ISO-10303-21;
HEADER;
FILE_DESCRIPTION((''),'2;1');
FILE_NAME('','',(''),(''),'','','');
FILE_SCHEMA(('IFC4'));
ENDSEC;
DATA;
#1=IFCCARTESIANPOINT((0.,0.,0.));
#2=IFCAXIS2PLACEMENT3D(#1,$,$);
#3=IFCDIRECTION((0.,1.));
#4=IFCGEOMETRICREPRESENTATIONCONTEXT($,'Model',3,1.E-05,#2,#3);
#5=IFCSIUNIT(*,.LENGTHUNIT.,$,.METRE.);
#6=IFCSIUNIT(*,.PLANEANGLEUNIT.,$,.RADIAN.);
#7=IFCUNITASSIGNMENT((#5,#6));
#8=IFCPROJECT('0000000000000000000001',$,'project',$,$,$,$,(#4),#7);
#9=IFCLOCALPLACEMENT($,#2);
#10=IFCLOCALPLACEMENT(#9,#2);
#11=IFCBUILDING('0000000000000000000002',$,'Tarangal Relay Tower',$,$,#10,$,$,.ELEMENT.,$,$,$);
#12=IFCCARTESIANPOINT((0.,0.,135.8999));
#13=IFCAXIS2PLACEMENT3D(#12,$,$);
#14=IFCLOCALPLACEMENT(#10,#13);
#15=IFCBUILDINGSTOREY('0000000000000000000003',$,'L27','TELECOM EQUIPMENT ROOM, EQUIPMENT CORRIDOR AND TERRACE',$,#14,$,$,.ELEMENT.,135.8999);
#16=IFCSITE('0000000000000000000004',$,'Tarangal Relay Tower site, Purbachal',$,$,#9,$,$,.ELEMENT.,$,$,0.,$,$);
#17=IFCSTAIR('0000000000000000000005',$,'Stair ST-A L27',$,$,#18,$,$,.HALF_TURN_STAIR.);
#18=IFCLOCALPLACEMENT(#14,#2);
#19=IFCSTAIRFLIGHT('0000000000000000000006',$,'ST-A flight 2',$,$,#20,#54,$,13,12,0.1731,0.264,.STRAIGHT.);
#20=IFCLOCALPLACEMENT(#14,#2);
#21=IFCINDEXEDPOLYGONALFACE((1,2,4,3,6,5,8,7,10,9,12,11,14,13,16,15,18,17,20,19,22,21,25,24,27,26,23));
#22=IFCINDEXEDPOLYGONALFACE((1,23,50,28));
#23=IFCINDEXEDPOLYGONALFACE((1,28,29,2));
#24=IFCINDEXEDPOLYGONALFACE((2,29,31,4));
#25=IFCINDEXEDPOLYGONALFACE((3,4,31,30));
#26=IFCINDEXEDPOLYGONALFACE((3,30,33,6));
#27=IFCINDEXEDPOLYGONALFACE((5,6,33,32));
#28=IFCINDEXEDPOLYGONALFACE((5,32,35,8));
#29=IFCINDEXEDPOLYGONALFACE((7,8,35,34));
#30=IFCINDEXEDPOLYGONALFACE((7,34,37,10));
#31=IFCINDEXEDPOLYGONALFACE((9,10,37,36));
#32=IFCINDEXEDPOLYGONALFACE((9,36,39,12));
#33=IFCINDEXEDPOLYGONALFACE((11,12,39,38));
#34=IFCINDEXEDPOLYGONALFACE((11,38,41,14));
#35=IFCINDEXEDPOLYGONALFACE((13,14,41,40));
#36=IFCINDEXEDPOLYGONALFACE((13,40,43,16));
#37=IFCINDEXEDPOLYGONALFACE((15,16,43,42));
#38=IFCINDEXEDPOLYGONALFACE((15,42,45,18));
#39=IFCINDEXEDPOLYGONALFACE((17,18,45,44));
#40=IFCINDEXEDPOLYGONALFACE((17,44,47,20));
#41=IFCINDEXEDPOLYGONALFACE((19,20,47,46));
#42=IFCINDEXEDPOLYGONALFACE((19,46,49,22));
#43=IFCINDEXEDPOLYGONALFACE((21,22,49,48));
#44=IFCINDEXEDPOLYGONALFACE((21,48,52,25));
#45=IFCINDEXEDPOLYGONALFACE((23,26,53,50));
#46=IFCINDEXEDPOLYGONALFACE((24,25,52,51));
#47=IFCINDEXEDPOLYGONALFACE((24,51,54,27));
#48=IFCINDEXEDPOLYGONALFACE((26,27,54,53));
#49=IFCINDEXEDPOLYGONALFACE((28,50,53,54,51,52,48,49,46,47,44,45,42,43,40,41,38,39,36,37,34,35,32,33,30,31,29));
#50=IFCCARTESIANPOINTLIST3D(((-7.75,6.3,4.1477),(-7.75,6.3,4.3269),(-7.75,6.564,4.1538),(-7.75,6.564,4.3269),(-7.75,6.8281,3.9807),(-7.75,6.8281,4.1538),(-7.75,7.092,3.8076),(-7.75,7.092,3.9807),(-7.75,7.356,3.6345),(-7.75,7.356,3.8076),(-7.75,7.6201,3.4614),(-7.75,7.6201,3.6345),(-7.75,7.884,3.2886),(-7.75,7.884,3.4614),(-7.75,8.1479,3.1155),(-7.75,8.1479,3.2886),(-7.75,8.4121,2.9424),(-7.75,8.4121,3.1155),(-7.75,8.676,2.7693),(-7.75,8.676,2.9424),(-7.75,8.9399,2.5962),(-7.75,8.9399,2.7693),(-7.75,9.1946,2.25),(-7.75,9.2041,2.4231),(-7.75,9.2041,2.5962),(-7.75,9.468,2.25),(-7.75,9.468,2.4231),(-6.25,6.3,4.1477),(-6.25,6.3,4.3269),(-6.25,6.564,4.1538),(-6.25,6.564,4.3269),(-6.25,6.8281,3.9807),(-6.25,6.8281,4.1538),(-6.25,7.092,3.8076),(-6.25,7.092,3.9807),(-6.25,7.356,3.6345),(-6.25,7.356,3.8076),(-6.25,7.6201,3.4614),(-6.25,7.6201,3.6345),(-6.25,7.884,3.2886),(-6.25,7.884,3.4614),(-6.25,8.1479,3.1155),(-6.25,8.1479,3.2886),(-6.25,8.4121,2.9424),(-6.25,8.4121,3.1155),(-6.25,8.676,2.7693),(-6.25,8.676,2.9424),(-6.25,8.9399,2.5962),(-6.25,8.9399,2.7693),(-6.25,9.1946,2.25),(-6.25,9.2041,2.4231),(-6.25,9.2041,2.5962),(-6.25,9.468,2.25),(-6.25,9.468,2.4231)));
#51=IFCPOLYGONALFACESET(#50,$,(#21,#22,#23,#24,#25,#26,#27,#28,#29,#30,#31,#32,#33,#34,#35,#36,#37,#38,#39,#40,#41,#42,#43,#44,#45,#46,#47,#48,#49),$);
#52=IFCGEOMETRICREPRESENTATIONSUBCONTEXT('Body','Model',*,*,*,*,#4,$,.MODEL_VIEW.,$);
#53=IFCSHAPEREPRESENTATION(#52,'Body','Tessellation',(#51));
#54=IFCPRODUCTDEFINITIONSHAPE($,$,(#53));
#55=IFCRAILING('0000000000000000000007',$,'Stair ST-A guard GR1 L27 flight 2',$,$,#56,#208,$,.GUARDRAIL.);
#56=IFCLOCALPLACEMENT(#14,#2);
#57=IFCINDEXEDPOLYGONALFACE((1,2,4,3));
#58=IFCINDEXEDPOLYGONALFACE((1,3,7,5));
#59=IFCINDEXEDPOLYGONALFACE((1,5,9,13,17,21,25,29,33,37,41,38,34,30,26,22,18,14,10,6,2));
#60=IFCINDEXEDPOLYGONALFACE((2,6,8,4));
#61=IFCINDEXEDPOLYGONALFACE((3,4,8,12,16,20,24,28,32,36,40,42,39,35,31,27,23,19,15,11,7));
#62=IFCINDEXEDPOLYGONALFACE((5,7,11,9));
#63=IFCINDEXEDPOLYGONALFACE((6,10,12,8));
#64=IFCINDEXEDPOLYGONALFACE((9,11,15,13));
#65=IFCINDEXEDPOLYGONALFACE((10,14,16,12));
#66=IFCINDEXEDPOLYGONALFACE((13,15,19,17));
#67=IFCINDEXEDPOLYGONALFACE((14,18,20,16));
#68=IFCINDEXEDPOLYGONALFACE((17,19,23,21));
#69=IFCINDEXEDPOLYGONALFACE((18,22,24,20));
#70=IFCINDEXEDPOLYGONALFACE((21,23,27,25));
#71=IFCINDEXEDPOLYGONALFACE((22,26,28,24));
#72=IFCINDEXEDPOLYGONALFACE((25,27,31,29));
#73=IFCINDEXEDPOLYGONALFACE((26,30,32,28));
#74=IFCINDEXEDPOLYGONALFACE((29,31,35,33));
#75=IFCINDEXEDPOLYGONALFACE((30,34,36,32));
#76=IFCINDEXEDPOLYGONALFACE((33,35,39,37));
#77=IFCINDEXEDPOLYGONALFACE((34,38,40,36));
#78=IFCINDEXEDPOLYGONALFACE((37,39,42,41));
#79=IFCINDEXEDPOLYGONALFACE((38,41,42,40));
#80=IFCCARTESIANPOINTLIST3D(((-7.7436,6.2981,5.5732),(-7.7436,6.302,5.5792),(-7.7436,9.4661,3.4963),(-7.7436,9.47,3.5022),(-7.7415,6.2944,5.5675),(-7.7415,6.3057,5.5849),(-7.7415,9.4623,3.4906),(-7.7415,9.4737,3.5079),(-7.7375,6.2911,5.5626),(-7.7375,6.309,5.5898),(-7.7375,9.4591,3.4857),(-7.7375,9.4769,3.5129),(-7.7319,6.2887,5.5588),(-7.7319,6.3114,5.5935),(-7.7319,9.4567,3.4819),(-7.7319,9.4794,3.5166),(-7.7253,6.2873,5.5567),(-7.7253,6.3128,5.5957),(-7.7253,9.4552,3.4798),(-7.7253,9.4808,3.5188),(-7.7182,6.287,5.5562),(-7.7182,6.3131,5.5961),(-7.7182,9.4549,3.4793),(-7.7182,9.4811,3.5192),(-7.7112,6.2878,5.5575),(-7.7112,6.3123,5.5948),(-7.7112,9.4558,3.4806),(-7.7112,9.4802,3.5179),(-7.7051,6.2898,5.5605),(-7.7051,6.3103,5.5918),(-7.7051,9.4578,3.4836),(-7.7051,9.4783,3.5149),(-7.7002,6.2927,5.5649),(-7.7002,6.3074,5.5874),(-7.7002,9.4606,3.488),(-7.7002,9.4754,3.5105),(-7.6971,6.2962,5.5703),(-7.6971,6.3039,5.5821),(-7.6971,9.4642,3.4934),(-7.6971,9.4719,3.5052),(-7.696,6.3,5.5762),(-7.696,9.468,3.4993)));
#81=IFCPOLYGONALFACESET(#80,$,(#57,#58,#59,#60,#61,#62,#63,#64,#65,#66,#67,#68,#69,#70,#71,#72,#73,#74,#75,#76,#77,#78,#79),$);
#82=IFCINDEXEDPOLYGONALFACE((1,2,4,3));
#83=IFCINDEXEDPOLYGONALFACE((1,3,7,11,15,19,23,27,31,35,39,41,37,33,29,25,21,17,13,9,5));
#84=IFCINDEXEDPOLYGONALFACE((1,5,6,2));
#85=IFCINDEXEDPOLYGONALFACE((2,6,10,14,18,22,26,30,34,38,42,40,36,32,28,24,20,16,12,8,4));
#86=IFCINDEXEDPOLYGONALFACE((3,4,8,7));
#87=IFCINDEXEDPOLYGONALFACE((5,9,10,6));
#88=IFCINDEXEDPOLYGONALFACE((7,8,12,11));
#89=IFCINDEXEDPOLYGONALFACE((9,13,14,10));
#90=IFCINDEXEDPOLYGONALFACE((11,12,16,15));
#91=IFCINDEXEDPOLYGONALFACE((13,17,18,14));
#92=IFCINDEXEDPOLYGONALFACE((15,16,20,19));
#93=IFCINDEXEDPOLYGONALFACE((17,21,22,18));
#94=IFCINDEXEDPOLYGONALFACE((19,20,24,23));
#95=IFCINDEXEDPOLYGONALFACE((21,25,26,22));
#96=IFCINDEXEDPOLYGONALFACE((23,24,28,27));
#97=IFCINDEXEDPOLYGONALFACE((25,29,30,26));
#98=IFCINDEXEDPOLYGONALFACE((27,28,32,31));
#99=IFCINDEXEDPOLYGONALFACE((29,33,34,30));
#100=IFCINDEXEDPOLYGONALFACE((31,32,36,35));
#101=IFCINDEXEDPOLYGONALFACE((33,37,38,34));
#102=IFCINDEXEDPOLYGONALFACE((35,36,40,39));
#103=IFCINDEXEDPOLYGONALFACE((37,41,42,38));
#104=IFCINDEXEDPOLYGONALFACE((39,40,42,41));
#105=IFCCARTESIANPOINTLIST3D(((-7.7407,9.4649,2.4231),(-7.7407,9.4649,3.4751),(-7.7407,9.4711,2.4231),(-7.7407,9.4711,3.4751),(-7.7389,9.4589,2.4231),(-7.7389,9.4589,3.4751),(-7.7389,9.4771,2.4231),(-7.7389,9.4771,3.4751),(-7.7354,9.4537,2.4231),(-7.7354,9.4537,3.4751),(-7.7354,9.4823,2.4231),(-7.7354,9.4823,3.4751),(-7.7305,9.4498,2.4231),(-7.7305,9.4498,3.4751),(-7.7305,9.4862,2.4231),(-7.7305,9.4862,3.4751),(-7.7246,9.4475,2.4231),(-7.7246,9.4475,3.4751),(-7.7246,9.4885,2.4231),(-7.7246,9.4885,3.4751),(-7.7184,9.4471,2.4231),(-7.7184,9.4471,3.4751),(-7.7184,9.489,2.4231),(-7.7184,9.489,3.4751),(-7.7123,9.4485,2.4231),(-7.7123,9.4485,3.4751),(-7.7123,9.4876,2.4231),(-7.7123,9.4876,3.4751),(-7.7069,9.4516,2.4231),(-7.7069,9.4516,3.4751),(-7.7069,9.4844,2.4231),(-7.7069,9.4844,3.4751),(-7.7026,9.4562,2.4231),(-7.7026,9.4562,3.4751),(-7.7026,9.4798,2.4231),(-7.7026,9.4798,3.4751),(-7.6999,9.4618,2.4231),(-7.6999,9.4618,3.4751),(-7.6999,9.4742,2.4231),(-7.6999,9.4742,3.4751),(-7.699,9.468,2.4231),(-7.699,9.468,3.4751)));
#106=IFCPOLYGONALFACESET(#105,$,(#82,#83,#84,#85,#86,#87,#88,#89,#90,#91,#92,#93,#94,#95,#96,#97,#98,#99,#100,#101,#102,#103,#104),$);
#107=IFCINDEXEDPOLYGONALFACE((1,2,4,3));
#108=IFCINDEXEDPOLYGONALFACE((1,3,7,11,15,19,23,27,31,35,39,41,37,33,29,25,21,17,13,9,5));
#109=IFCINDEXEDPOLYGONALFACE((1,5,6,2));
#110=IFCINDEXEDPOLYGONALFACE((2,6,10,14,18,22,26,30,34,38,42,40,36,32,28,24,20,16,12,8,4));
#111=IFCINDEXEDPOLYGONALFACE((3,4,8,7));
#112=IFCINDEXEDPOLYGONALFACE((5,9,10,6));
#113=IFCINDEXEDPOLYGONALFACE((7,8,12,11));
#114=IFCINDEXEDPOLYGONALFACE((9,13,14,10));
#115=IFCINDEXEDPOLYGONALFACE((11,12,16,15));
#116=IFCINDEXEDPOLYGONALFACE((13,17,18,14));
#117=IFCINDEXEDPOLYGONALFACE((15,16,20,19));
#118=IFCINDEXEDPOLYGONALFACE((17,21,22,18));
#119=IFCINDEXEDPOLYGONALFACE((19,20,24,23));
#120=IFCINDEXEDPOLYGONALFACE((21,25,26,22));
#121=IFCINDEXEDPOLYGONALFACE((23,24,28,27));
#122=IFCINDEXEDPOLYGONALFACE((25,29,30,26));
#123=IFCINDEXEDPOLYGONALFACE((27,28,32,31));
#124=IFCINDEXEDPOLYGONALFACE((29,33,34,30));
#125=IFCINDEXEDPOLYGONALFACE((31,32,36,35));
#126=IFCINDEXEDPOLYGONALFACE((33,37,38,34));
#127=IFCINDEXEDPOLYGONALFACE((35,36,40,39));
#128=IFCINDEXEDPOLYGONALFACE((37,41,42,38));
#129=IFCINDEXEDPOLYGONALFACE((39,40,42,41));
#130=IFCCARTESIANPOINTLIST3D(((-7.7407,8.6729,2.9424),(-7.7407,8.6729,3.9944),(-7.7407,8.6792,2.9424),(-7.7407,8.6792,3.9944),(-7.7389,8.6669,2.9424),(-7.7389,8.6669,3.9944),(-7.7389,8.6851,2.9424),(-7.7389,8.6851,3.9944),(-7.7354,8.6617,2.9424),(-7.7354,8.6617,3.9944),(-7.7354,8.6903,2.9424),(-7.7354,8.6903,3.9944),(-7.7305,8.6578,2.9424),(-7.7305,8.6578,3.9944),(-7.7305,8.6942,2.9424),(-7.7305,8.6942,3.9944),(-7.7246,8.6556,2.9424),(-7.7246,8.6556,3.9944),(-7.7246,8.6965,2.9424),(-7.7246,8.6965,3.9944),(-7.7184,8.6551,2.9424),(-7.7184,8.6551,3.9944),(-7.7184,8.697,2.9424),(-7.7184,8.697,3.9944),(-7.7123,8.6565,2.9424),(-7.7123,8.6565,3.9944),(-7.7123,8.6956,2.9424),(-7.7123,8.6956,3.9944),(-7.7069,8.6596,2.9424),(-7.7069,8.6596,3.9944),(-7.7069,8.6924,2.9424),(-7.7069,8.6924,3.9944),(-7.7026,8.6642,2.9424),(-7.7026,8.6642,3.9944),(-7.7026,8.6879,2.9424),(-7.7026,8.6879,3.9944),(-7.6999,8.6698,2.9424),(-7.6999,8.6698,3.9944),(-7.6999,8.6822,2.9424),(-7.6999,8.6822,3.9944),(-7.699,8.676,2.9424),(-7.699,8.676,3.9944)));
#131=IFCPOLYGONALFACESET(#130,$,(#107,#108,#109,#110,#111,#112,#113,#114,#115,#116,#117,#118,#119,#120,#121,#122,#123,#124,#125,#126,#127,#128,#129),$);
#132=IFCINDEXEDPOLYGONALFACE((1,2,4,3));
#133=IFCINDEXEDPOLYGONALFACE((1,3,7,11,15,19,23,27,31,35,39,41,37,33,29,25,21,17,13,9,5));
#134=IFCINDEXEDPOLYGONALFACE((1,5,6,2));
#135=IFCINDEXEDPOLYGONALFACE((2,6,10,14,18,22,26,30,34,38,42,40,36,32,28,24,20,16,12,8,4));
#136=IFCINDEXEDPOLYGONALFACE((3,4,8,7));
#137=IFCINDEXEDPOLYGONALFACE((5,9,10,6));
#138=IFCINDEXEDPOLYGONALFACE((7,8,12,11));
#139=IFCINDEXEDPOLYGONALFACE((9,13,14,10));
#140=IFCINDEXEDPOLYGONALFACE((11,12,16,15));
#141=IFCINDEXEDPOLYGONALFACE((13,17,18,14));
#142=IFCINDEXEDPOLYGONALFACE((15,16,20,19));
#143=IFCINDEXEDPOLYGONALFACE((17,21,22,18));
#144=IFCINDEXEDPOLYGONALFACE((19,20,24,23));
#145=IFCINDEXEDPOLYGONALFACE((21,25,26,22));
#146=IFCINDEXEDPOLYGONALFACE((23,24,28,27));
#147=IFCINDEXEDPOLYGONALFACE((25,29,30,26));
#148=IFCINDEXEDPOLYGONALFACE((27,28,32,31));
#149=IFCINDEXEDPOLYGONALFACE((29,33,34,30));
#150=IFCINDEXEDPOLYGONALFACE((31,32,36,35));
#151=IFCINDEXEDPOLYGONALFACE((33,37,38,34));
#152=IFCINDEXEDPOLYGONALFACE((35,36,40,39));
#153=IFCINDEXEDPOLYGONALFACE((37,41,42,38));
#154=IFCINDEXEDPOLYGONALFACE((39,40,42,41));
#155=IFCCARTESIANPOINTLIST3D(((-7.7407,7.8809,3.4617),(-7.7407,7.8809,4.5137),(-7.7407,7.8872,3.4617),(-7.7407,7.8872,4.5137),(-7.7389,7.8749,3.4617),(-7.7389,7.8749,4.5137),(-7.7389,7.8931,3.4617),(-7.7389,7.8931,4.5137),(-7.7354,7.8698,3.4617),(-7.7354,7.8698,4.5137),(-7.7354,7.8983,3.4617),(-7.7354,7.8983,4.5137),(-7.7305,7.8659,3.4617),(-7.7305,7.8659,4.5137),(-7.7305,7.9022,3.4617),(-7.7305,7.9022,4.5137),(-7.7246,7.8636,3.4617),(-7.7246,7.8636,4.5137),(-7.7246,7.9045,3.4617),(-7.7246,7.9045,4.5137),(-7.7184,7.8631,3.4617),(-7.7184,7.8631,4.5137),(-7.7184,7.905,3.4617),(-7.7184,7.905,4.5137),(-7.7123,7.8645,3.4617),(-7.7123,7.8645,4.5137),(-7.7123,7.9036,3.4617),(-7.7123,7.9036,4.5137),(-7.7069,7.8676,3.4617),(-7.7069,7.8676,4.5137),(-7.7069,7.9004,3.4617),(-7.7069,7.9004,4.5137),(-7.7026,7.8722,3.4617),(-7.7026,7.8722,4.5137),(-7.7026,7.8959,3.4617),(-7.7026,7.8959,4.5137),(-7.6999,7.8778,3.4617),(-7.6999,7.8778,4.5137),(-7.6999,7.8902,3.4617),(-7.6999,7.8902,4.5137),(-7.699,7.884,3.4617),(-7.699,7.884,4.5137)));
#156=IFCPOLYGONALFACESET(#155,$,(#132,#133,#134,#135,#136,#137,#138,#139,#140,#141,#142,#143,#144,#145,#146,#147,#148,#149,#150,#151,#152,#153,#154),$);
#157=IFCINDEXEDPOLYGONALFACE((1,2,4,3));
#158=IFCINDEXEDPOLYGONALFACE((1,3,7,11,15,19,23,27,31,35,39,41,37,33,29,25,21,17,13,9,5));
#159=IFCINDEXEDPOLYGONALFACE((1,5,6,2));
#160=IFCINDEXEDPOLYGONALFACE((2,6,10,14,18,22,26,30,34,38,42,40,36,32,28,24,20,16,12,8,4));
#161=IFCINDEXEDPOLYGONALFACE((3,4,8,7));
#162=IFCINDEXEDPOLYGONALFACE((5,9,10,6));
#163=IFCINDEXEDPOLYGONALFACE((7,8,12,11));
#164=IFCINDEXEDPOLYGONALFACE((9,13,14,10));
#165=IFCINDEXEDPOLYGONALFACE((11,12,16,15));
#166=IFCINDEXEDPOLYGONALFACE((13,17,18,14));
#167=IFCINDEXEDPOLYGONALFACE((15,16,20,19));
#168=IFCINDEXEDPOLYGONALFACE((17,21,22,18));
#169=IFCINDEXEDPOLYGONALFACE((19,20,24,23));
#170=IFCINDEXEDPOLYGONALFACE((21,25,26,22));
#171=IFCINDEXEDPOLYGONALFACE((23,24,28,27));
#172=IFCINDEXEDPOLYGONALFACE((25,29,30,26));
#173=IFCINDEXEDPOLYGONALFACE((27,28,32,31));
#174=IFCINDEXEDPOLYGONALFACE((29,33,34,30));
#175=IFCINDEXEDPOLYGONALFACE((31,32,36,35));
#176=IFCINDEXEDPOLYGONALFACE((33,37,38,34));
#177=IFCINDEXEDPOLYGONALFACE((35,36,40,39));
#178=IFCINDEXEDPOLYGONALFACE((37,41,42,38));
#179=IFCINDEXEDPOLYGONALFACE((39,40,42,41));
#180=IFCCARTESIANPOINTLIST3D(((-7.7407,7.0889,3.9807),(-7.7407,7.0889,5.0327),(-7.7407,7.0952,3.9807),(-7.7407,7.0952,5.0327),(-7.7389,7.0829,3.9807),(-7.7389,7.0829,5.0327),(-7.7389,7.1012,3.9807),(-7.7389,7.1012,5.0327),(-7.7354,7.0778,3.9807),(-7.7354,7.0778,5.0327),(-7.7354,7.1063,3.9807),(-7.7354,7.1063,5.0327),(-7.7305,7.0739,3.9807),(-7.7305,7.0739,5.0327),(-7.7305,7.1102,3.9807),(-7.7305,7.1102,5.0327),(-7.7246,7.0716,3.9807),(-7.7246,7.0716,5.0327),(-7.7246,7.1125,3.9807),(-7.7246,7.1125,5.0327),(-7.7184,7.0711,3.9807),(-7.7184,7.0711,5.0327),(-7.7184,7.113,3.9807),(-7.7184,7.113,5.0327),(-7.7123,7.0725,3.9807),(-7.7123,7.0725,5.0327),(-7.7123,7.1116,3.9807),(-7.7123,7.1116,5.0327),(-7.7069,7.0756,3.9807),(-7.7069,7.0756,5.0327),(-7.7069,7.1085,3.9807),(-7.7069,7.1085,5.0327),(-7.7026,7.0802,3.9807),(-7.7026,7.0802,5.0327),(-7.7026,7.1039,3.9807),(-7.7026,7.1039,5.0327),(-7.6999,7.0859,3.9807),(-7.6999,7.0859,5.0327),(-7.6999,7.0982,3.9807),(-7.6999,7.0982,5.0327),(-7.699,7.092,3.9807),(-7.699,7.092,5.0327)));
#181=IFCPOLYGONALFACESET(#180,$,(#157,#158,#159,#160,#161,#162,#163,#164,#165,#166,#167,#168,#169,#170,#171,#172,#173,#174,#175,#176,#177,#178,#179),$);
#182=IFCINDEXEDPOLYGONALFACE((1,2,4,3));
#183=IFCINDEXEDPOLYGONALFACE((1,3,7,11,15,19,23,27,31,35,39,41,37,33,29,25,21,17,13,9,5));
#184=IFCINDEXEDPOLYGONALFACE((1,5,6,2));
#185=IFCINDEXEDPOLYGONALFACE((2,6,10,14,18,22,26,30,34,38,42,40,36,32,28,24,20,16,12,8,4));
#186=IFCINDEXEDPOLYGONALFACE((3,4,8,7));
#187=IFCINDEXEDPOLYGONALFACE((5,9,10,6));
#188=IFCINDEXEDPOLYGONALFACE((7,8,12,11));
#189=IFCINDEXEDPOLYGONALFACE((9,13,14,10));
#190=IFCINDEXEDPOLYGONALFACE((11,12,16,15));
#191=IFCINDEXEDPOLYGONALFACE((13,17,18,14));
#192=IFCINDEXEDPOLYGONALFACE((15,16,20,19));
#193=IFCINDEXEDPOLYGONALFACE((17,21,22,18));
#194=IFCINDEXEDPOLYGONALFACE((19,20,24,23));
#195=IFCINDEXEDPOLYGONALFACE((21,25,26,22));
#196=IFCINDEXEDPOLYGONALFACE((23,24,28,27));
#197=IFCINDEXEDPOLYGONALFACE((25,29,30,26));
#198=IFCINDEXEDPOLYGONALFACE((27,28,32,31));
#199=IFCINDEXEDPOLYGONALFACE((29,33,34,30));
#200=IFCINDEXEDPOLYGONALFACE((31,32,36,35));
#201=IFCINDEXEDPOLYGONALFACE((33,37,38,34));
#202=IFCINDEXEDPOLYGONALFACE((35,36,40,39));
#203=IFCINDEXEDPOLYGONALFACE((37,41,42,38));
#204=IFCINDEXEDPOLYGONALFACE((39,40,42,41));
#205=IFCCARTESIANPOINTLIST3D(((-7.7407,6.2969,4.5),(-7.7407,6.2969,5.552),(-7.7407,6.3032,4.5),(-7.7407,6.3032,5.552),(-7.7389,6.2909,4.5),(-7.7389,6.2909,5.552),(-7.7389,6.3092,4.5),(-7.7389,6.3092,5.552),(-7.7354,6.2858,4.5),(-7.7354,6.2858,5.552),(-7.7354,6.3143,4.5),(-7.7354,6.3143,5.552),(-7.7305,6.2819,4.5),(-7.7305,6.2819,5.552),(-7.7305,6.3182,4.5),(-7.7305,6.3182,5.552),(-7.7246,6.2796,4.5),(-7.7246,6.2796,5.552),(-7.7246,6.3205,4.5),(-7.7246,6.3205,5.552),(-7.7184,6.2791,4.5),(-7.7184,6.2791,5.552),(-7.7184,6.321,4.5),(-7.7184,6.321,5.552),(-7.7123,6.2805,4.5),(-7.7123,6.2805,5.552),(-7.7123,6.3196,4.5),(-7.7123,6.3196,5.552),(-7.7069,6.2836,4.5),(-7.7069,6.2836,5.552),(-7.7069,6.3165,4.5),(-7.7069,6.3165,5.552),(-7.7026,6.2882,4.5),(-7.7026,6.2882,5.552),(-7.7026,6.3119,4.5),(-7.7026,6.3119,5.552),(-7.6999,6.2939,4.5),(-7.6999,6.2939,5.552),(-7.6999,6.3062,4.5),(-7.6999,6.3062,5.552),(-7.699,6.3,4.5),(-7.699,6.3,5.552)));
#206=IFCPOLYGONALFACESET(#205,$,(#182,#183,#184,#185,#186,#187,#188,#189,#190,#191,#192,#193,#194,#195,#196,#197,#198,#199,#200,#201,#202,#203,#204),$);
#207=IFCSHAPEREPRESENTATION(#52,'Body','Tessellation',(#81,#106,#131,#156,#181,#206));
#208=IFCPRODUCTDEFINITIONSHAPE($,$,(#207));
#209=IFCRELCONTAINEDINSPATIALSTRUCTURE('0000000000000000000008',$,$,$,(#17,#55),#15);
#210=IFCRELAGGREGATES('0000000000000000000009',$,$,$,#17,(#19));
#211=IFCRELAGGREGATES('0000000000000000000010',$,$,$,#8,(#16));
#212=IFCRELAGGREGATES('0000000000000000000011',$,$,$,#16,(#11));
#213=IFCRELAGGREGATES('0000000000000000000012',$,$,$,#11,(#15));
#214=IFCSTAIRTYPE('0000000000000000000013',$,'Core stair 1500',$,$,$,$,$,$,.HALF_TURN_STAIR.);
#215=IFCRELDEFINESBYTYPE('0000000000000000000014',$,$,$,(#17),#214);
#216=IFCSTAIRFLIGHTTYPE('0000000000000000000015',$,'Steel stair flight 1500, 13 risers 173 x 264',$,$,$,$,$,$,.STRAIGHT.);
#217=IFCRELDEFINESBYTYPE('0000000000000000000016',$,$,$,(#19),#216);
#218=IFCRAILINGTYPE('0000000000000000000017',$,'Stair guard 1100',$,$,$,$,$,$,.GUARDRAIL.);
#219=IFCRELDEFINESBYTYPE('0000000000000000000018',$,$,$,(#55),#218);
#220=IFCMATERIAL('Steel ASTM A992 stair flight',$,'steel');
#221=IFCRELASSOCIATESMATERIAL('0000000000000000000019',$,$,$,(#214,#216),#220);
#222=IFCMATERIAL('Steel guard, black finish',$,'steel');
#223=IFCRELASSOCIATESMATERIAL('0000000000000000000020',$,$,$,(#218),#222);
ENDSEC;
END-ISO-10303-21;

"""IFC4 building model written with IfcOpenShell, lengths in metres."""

from ifc_helpers import new_model, si_unit, direction, frame, origin, origin_2d, place, context, subcontext, project, spatial, polyline, circle, outline, extrude, material, type_object, element, aggregate, save


model = new_model("IFC4")

# Units and contexts
model_context = context("Model", 3, precision=1e-05, world=origin(), true_north=direction((0.0, 1.0)))
body_context = subcontext(model_context, "Body", "Model", "MODEL_VIEW")
ifc_project = project(units=[si_unit("LENGTHUNIT", "METRE"), si_unit("PLANEANGLEUNIT", "RADIAN")], contexts=[model_context])

# Site, building, storey
site_placement = place(None, origin())
site = spatial("IfcSite", under=ifc_project, at=site_placement, Name="Tarangal Relay Tower site, Purbachal", CompositionType="ELEMENT", RefElevation=0.0)
building_placement = place(site_placement, origin())
building = spatial("IfcBuilding", under=site, at=building_placement, Name="Tarangal Relay Tower", CompositionType="ELEMENT")
storey_placement = place(building_placement, frame((0.0, 0.0, 135.8999)))
storey = spatial("IfcBuildingStorey", under=building, at=storey_placement, Name="L27", Description="TELECOM EQUIPMENT ROOM, EQUIPMENT CORRIDOR AND TERRACE", CompositionType="ELEMENT", Elevation=135.8999)

# Stair, stair flight
ifc_material_1 = material(Name="Steel ASTM A992 stair flight", Category="steel")
stair_type = type_object("IfcStairType", Name="Core stair 1500", PredefinedType="HALF_TURN_STAIR", material=ifc_material_1)
stair_placement = place(storey_placement, origin())
stair = element("IfcStair", 1, at=stair_placement, inside=storey, type_object=stair_type, Name="Stair ST-A L27", PredefinedType="HALF_TURN_STAIR")
stair_flight_type = type_object("IfcStairFlightType", Name="Steel stair flight 1500, 13 risers 173 x 264", PredefinedType="STRAIGHT", material=ifc_material_1)
stair_flight_placement = place(storey_placement, frame((-7.0, 9.468, 2.25), z_axis=(0.0, 0.0, 1.0), x_axis=(0.0, -1.0, 0.0)))
stair_flight = element("IfcStairFlight", 2, at=stair_flight_placement, type_object=stair_flight_type, Name="ST-A flight 2", NumberOfRisers=13, NumberOfTreads=12, PredefinedType="STRAIGHT", RiserHeight=0.1731, TreadLength=0.264, context=body_context, shape_type="SweptSolid", body=[
    extrude(outline(polyline([(0.0, 0.0), (0.0, 0.1731), (0.2639, 0.1731), (0.2639, 0.3462), (0.5281, 0.3462), (0.5281, 0.5193), (0.792, 0.5193), (0.792, 0.6924), (1.0559, 0.6924), (1.0559, 0.8655), (1.3201, 0.8655), (1.3201, 1.0386), (1.584, 1.0386), (1.584, 1.2114), (1.8479, 1.2114), (1.8479, 1.3845), (2.1121, 1.3845), (2.1121, 1.5576), (2.376, 1.5576), (2.376, 1.7307), (2.6399, 1.7307), (2.6399, 1.9038), (2.9041, 1.9038), (2.9041, 2.0769), (3.168, 2.0769), (3.168, 2.25), (3.168, 1.8977), (0.2734, 0.0), (0.0, 0.0)])), frame((0.0, 0.75, 0.0), z_axis=(0.0, -1.0, 0.0), x_axis=(1.0, 0.0, 0.0)), (0.0, 0.0, 1.0), 1.5),
])
aggregate(stair, [stair_flight])

# Railing
ifc_material_2 = material(Name="Steel guard, black finish", Category="steel")
railing_type_1 = type_object("IfcRailingType", Name="Stair guard 1100", PredefinedType="GUARDRAIL", material=ifc_material_2)
railing_1_placement = place(storey_placement, frame((-7.72, 9.468, 2.4231)))
element("IfcRailing", 3, at=railing_1_placement, inside=storey, type_object=railing_type_1, Name="Stair ST-A guard GR1 L27 flight 2", PredefinedType="GUARDRAIL", context=body_context, shape_type="SweptSolid", body=[
    extrude(circle(Radius=0.0239, at=origin_2d()), frame((0.0, 0.0, 1.0762), z_axis=(0.0, -0.836299, 0.548273), x_axis=(1.0, 0.0, 0.0)), (0.0, 0.0, 1.0), 3.7881),
    extrude(circle(Radius=0.021, at=origin_2d()), origin(), (0.0, 0.0, 1.0), 1.052),
    extrude(circle(Radius=0.021, at=origin_2d()), frame((0.0, -0.792, 0.5193)), (0.0, 0.0, 1.0), 1.052),
    extrude(circle(Radius=0.021, at=origin_2d()), frame((0.0, -1.584, 1.0386)), (0.0, 0.0, 1.0), 1.052),
    extrude(circle(Radius=0.021, at=origin_2d()), frame((0.0, -2.376, 1.5576)), (0.0, 0.0, 1.0), 1.052),
    extrude(circle(Radius=0.021, at=origin_2d()), frame((0.0, -3.168, 2.0769)), (0.0, 0.0, 1.0), 1.052),
])

save(model, "model.ifc")
